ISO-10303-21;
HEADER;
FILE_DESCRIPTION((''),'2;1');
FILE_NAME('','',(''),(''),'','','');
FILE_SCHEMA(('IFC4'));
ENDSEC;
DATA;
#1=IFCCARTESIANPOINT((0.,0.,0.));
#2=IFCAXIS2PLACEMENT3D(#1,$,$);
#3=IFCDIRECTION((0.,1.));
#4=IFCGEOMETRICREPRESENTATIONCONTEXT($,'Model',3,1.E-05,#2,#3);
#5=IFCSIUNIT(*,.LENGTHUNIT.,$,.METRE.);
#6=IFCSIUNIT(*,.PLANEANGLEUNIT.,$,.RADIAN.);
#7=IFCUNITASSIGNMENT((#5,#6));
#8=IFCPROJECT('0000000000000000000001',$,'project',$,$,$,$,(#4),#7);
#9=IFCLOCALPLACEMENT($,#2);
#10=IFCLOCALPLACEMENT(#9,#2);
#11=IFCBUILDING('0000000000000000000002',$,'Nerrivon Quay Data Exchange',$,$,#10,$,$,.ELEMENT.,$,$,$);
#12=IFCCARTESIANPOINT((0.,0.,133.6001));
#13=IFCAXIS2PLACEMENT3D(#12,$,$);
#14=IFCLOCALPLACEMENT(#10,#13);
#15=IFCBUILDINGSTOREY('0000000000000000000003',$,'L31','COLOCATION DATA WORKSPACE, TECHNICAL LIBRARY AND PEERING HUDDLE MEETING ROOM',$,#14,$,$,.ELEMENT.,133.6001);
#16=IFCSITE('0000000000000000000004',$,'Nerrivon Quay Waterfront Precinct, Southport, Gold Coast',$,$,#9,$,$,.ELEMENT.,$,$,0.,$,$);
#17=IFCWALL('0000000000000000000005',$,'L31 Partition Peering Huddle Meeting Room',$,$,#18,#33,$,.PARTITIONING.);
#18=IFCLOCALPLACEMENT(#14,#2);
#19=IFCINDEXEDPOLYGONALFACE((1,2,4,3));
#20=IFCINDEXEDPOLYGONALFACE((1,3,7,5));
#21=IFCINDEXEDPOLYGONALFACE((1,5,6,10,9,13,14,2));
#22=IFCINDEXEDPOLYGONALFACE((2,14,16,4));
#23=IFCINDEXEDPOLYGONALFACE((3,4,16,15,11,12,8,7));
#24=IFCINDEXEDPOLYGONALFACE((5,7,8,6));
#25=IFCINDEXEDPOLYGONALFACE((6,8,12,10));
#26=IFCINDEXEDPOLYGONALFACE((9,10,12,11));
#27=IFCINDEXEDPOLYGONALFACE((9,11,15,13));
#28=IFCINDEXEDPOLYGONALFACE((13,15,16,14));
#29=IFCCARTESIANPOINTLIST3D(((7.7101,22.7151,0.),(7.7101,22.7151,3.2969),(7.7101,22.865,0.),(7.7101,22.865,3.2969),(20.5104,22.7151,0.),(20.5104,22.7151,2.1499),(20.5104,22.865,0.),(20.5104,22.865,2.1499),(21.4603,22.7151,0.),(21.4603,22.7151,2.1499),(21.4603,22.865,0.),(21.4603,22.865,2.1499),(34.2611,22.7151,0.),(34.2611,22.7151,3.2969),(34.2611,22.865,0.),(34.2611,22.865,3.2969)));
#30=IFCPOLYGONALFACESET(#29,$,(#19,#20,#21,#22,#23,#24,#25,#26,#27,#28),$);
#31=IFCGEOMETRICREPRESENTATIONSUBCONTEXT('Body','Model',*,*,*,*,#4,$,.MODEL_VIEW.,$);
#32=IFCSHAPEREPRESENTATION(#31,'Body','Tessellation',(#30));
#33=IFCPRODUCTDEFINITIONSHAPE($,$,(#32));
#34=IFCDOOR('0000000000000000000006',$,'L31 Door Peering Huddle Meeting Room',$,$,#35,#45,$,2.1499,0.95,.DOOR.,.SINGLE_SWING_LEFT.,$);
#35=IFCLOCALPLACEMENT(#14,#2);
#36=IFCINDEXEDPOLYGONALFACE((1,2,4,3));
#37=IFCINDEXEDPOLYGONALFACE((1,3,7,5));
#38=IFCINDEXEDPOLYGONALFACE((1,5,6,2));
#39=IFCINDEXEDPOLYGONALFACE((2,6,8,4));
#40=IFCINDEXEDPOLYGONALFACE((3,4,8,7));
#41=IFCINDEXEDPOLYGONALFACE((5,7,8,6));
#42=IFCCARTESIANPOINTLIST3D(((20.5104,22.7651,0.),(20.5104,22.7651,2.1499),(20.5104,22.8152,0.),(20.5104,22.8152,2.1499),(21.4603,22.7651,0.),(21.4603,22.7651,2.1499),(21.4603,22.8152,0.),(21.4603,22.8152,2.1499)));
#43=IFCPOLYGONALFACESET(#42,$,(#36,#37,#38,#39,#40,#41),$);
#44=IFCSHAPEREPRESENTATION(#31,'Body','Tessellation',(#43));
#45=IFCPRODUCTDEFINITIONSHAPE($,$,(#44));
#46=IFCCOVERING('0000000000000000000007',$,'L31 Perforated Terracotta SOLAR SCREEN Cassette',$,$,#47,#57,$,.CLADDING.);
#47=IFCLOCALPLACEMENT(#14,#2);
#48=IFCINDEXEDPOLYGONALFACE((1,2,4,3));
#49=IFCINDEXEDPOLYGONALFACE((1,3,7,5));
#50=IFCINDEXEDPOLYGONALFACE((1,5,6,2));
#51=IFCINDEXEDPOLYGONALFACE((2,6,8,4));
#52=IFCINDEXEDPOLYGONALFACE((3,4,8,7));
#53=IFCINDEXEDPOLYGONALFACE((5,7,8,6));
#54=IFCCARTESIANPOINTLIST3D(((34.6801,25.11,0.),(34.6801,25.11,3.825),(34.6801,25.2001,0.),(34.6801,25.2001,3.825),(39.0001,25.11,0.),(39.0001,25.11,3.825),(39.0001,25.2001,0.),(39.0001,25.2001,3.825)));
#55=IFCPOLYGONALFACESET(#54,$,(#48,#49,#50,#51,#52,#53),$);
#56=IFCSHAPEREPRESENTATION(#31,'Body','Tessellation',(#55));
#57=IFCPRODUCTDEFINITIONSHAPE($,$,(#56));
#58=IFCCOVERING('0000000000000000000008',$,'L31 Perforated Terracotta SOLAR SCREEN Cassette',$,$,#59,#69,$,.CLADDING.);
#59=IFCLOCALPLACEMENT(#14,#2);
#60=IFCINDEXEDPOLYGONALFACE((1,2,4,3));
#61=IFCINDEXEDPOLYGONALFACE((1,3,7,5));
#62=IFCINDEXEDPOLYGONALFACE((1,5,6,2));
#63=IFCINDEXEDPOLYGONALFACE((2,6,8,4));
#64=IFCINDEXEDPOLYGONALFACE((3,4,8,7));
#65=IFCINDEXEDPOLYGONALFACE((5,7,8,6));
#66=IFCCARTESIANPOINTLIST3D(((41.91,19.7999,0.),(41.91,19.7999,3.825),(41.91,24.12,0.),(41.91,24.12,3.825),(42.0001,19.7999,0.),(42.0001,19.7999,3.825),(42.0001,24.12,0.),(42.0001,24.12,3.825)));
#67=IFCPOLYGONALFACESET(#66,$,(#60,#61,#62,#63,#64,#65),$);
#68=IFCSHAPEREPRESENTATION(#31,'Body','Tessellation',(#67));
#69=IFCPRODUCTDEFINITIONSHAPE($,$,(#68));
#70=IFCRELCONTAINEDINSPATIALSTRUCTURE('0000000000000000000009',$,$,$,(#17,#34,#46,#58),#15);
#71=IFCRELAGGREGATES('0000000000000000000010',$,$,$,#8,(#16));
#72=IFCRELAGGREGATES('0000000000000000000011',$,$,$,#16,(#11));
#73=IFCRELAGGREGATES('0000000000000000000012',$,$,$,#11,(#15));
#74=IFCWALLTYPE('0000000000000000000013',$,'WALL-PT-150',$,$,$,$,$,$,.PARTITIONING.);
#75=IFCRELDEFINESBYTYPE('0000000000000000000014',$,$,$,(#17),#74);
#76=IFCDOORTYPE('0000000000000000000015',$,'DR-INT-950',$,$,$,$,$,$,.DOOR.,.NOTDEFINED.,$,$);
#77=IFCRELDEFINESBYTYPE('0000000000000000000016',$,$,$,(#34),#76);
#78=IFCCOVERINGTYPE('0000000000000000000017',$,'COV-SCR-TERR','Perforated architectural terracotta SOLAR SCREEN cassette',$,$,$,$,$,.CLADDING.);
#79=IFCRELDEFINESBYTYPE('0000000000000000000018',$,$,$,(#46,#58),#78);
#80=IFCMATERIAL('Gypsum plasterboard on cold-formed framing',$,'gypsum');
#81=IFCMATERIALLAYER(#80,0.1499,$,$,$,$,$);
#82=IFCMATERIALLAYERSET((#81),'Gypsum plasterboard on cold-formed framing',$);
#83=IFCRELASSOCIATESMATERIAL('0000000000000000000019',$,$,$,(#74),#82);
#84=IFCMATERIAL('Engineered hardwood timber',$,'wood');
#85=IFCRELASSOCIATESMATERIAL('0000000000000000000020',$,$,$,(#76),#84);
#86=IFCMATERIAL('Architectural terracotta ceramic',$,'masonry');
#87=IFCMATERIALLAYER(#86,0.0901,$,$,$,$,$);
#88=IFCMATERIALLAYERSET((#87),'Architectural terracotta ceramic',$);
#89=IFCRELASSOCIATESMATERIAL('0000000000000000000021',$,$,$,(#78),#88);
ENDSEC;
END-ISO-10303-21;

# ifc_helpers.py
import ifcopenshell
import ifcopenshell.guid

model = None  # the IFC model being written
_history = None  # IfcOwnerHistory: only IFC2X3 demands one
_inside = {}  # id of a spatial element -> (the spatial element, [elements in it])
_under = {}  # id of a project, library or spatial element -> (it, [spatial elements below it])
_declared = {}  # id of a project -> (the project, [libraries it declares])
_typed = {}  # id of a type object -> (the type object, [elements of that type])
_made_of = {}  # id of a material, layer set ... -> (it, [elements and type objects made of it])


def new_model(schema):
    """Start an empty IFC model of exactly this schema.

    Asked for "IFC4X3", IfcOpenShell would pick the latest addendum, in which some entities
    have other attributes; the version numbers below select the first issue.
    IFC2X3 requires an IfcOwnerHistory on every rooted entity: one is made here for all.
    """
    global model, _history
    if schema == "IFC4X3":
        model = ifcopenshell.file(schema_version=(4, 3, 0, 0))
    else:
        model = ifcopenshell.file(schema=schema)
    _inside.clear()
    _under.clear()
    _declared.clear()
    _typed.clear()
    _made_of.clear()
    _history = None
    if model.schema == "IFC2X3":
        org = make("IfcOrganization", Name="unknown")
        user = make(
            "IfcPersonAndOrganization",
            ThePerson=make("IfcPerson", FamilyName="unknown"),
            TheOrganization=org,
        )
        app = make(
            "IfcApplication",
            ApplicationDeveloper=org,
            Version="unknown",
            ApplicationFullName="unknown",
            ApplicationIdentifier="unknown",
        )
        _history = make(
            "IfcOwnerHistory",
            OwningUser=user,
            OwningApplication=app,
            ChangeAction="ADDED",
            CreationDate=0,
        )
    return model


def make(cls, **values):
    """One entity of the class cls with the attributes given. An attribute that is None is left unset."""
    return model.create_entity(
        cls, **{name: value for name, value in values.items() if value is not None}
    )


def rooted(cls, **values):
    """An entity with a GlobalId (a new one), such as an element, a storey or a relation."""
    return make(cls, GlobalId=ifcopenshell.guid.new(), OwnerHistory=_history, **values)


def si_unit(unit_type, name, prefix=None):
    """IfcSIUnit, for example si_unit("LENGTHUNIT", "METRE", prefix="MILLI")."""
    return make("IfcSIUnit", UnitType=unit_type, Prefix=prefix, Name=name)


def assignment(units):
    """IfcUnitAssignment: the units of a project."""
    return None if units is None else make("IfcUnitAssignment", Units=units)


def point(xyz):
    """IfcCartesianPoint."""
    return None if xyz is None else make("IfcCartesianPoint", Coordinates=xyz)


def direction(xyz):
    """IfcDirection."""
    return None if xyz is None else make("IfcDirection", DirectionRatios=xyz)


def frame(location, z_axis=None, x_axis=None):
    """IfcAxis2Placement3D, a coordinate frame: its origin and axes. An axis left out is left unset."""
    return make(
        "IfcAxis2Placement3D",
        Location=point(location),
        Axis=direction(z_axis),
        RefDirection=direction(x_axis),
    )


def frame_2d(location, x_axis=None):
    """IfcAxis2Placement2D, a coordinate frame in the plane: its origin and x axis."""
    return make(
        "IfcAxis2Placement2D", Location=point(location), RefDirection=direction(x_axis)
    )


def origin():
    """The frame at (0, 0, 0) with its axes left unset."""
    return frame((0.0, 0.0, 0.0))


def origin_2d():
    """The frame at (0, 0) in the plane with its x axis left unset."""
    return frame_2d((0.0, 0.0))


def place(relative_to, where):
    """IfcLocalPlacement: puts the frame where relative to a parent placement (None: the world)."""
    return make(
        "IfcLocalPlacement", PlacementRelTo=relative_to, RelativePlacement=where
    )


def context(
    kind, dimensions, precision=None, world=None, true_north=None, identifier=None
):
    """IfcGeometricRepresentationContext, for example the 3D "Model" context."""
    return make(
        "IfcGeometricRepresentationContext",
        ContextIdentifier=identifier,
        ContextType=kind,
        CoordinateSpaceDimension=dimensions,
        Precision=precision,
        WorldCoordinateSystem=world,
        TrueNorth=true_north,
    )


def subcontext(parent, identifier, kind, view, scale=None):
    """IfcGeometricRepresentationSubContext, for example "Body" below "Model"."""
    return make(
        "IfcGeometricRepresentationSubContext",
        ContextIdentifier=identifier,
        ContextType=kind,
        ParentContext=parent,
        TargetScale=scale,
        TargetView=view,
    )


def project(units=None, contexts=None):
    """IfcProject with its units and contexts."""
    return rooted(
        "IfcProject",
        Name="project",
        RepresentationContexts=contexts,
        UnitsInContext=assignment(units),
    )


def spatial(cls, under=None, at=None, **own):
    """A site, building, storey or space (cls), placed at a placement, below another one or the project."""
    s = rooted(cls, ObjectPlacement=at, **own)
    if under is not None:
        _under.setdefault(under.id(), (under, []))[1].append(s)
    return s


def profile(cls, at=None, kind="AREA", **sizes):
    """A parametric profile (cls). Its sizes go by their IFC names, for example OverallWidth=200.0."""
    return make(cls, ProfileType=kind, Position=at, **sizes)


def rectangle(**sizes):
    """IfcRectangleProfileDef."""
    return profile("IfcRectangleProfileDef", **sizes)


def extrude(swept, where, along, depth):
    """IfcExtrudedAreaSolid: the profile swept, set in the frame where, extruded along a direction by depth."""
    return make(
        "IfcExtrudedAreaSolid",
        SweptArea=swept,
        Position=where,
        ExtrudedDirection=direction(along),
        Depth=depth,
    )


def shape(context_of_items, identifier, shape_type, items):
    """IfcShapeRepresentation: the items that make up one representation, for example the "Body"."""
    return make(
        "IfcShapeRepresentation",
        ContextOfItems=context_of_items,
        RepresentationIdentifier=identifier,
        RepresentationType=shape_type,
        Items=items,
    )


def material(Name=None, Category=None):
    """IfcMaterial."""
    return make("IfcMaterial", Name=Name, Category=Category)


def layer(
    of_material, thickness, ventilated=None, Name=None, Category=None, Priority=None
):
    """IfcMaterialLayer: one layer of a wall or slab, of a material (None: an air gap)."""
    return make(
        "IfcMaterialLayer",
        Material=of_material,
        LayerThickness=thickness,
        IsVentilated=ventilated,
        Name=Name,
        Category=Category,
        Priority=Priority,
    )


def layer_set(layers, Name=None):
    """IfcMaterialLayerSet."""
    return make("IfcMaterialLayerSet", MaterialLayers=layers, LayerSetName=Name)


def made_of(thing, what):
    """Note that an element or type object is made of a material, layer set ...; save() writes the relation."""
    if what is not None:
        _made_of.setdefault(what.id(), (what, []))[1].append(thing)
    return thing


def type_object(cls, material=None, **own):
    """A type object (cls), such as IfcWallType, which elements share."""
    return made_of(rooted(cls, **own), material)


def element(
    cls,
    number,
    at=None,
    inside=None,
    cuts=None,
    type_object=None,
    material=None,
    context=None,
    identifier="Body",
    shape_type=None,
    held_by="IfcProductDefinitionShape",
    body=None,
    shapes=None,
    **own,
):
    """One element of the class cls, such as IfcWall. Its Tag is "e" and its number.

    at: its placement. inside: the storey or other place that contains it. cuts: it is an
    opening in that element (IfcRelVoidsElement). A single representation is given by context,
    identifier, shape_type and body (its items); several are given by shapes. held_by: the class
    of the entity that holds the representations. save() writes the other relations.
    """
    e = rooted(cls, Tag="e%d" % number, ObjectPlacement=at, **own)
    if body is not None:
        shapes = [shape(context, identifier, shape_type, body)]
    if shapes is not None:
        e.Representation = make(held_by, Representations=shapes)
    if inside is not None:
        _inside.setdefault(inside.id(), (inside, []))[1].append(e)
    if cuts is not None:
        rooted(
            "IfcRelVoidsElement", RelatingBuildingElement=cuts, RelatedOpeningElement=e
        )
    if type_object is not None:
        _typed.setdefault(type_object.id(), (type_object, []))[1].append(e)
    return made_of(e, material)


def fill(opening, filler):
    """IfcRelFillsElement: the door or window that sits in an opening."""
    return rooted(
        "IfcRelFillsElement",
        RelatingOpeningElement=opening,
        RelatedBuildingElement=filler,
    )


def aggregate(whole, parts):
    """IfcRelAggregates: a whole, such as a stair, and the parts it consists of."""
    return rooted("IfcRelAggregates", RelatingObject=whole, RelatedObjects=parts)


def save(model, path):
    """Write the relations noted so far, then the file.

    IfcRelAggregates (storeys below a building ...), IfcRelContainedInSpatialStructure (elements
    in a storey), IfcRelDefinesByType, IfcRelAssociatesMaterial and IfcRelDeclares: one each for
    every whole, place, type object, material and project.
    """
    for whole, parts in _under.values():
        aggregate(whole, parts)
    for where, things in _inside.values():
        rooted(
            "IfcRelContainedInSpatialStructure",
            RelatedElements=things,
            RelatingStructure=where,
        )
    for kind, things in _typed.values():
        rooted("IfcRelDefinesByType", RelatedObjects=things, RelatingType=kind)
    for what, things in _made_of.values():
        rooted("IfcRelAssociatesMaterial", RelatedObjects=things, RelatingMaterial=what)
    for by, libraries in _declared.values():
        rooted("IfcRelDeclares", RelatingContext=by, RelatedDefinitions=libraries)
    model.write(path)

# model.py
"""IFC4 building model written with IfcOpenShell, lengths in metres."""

from ifc_helpers import new_model, si_unit, direction, frame, frame_2d, origin, origin_2d, place, context, subcontext, project, spatial, rectangle, extrude, material, layer, layer_set, type_object, element, fill, save


model = new_model("IFC4")

# Units and contexts
model_context = context("Model", 3, precision=1e-05, world=origin(), true_north=direction((0.0, 1.0)))
body_context = subcontext(model_context, "Body", "Model", "MODEL_VIEW")
ifc_project = project(units=[si_unit("LENGTHUNIT", "METRE"), si_unit("PLANEANGLEUNIT", "RADIAN")], contexts=[model_context])

# Site, building, storey
site_placement = place(None, origin())
site = spatial("IfcSite", under=ifc_project, at=site_placement, Name="Nerrivon Quay Waterfront Precinct, Southport, Gold Coast", CompositionType="ELEMENT", RefElevation=0.0)
building_placement = place(site_placement, origin())
building = spatial("IfcBuilding", under=site, at=building_placement, Name="Nerrivon Quay Data Exchange", CompositionType="ELEMENT")
storey_placement = place(building_placement, frame((0.0, 0.0, 133.6001)))
storey = spatial("IfcBuildingStorey", under=building, at=storey_placement, Name="L31", Description="COLOCATION DATA WORKSPACE, TECHNICAL LIBRARY AND PEERING HUDDLE MEETING ROOM", CompositionType="ELEMENT", Elevation=133.6001)

# Shared definitions
ifc_material_1 = material(Name="Gypsum plasterboard on cold-formed framing", Category="gypsum")

# Wall, opening, door
ifc_layer_1 = layer(ifc_material_1, 0.1499)
ifc_layer_set_1 = layer_set([ifc_layer_1], Name="Gypsum plasterboard on cold-formed framing")
wall_type_1 = type_object("IfcWallType", Name="WALL-PT-150", PredefinedType="PARTITIONING", material=ifc_layer_set_1)
wall_1_placement = place(storey_placement, frame((34.261, 22.79, 0.0), z_axis=(0.0, 0.0, 1.0), x_axis=(-1.0, 0.0, 0.0)))
wall_1 = element("IfcWall", 1, at=wall_1_placement, inside=storey, type_object=wall_type_1, Name="L31 Partition Peering Huddle Meeting Room", PredefinedType="PARTITIONING", context=body_context, shape_type="SweptSolid", body=[
    extrude(rectangle(XDim=26.551, YDim=0.1499, at=frame_2d((13.2754, 0.0))), origin(), (0.0, 0.0, 1.0), 3.2969),
])
opening_placement = place(wall_1_placement, frame((12.8005, 0.0, 0.0)))
opening = element("IfcOpeningElement", 2, at=opening_placement, cuts=wall_1, PredefinedType="OPENING", context=body_context, shape_type="SweptSolid", body=[
    extrude(rectangle(XDim=0.95, YDim=2.1499, at=frame_2d((0.4751, 1.075))), frame((0.0, 0.085, 0.0), z_axis=(0.0, -1.0, 0.0), x_axis=(1.0, 0.0, 0.0)), (0.0, 0.0, 1.0), 0.1699),
])
ifc_material_2 = material(Name="Engineered hardwood timber", Category="wood")
door_type = type_object("IfcDoorType", Name="DR-INT-950", OperationType="NOTDEFINED", PredefinedType="DOOR", material=ifc_material_2)
door_placement = place(opening_placement, origin())
door = element("IfcDoor", 3, at=door_placement, inside=storey, type_object=door_type, Name="L31 Door Peering Huddle Meeting Room", OperationType="SINGLE_SWING_LEFT", OverallHeight=2.1499, OverallWidth=0.95, PredefinedType="DOOR", context=body_context, shape_type="SweptSolid", body=[
    extrude(rectangle(XDim=0.95, YDim=2.1499, at=frame_2d((0.4751, 1.075))), frame((0.0, 0.0249, 0.0), z_axis=(0.0, -1.0, 0.0), x_axis=(1.0, 0.0, 0.0)), (0.0, 0.0, 1.0), 0.05),
])
fill(opening, door)

# Coverings
ifc_material_3 = material(Name="Architectural terracotta ceramic", Category="masonry")
ifc_layer_2 = layer(ifc_material_3, 0.0901)
ifc_layer_set_2 = layer_set([ifc_layer_2], Name="Architectural terracotta ceramic")
covering_type = type_object("IfcCoveringType", Name="COV-SCR-TERR", Description="Perforated architectural terracotta SOLAR SCREEN cassette", PredefinedType="CLADDING", material=ifc_layer_set_2)
for number, where, z_axis, x_axis, name in (
    (4, (36.8401, 25.155, 0.0), (0.0, 0.0, 1.0), (1.0, 0.0, 0.0), "L31 Perforated Terracotta SOLAR SCREEN Cassette"),
    (5, (41.9551, 21.96, 0.0), (0.0, 0.0, 1.0), (0.0, -1.0, 0.0), "L31 Perforated Terracotta SOLAR SCREEN Cassette"),
):
    element("IfcCovering", number, at=place(storey_placement, frame(where, z_axis=z_axis, x_axis=x_axis)), inside=storey, type_object=covering_type, Name=name, PredefinedType="CLADDING", context=body_context, shape_type="SweptSolid", body=[
        extrude(rectangle(XDim=4.3201, YDim=0.0901, at=origin_2d()), origin(), (0.0, 0.0, 1.0), 3.825),
    ])

save(model, "model.ifc")
